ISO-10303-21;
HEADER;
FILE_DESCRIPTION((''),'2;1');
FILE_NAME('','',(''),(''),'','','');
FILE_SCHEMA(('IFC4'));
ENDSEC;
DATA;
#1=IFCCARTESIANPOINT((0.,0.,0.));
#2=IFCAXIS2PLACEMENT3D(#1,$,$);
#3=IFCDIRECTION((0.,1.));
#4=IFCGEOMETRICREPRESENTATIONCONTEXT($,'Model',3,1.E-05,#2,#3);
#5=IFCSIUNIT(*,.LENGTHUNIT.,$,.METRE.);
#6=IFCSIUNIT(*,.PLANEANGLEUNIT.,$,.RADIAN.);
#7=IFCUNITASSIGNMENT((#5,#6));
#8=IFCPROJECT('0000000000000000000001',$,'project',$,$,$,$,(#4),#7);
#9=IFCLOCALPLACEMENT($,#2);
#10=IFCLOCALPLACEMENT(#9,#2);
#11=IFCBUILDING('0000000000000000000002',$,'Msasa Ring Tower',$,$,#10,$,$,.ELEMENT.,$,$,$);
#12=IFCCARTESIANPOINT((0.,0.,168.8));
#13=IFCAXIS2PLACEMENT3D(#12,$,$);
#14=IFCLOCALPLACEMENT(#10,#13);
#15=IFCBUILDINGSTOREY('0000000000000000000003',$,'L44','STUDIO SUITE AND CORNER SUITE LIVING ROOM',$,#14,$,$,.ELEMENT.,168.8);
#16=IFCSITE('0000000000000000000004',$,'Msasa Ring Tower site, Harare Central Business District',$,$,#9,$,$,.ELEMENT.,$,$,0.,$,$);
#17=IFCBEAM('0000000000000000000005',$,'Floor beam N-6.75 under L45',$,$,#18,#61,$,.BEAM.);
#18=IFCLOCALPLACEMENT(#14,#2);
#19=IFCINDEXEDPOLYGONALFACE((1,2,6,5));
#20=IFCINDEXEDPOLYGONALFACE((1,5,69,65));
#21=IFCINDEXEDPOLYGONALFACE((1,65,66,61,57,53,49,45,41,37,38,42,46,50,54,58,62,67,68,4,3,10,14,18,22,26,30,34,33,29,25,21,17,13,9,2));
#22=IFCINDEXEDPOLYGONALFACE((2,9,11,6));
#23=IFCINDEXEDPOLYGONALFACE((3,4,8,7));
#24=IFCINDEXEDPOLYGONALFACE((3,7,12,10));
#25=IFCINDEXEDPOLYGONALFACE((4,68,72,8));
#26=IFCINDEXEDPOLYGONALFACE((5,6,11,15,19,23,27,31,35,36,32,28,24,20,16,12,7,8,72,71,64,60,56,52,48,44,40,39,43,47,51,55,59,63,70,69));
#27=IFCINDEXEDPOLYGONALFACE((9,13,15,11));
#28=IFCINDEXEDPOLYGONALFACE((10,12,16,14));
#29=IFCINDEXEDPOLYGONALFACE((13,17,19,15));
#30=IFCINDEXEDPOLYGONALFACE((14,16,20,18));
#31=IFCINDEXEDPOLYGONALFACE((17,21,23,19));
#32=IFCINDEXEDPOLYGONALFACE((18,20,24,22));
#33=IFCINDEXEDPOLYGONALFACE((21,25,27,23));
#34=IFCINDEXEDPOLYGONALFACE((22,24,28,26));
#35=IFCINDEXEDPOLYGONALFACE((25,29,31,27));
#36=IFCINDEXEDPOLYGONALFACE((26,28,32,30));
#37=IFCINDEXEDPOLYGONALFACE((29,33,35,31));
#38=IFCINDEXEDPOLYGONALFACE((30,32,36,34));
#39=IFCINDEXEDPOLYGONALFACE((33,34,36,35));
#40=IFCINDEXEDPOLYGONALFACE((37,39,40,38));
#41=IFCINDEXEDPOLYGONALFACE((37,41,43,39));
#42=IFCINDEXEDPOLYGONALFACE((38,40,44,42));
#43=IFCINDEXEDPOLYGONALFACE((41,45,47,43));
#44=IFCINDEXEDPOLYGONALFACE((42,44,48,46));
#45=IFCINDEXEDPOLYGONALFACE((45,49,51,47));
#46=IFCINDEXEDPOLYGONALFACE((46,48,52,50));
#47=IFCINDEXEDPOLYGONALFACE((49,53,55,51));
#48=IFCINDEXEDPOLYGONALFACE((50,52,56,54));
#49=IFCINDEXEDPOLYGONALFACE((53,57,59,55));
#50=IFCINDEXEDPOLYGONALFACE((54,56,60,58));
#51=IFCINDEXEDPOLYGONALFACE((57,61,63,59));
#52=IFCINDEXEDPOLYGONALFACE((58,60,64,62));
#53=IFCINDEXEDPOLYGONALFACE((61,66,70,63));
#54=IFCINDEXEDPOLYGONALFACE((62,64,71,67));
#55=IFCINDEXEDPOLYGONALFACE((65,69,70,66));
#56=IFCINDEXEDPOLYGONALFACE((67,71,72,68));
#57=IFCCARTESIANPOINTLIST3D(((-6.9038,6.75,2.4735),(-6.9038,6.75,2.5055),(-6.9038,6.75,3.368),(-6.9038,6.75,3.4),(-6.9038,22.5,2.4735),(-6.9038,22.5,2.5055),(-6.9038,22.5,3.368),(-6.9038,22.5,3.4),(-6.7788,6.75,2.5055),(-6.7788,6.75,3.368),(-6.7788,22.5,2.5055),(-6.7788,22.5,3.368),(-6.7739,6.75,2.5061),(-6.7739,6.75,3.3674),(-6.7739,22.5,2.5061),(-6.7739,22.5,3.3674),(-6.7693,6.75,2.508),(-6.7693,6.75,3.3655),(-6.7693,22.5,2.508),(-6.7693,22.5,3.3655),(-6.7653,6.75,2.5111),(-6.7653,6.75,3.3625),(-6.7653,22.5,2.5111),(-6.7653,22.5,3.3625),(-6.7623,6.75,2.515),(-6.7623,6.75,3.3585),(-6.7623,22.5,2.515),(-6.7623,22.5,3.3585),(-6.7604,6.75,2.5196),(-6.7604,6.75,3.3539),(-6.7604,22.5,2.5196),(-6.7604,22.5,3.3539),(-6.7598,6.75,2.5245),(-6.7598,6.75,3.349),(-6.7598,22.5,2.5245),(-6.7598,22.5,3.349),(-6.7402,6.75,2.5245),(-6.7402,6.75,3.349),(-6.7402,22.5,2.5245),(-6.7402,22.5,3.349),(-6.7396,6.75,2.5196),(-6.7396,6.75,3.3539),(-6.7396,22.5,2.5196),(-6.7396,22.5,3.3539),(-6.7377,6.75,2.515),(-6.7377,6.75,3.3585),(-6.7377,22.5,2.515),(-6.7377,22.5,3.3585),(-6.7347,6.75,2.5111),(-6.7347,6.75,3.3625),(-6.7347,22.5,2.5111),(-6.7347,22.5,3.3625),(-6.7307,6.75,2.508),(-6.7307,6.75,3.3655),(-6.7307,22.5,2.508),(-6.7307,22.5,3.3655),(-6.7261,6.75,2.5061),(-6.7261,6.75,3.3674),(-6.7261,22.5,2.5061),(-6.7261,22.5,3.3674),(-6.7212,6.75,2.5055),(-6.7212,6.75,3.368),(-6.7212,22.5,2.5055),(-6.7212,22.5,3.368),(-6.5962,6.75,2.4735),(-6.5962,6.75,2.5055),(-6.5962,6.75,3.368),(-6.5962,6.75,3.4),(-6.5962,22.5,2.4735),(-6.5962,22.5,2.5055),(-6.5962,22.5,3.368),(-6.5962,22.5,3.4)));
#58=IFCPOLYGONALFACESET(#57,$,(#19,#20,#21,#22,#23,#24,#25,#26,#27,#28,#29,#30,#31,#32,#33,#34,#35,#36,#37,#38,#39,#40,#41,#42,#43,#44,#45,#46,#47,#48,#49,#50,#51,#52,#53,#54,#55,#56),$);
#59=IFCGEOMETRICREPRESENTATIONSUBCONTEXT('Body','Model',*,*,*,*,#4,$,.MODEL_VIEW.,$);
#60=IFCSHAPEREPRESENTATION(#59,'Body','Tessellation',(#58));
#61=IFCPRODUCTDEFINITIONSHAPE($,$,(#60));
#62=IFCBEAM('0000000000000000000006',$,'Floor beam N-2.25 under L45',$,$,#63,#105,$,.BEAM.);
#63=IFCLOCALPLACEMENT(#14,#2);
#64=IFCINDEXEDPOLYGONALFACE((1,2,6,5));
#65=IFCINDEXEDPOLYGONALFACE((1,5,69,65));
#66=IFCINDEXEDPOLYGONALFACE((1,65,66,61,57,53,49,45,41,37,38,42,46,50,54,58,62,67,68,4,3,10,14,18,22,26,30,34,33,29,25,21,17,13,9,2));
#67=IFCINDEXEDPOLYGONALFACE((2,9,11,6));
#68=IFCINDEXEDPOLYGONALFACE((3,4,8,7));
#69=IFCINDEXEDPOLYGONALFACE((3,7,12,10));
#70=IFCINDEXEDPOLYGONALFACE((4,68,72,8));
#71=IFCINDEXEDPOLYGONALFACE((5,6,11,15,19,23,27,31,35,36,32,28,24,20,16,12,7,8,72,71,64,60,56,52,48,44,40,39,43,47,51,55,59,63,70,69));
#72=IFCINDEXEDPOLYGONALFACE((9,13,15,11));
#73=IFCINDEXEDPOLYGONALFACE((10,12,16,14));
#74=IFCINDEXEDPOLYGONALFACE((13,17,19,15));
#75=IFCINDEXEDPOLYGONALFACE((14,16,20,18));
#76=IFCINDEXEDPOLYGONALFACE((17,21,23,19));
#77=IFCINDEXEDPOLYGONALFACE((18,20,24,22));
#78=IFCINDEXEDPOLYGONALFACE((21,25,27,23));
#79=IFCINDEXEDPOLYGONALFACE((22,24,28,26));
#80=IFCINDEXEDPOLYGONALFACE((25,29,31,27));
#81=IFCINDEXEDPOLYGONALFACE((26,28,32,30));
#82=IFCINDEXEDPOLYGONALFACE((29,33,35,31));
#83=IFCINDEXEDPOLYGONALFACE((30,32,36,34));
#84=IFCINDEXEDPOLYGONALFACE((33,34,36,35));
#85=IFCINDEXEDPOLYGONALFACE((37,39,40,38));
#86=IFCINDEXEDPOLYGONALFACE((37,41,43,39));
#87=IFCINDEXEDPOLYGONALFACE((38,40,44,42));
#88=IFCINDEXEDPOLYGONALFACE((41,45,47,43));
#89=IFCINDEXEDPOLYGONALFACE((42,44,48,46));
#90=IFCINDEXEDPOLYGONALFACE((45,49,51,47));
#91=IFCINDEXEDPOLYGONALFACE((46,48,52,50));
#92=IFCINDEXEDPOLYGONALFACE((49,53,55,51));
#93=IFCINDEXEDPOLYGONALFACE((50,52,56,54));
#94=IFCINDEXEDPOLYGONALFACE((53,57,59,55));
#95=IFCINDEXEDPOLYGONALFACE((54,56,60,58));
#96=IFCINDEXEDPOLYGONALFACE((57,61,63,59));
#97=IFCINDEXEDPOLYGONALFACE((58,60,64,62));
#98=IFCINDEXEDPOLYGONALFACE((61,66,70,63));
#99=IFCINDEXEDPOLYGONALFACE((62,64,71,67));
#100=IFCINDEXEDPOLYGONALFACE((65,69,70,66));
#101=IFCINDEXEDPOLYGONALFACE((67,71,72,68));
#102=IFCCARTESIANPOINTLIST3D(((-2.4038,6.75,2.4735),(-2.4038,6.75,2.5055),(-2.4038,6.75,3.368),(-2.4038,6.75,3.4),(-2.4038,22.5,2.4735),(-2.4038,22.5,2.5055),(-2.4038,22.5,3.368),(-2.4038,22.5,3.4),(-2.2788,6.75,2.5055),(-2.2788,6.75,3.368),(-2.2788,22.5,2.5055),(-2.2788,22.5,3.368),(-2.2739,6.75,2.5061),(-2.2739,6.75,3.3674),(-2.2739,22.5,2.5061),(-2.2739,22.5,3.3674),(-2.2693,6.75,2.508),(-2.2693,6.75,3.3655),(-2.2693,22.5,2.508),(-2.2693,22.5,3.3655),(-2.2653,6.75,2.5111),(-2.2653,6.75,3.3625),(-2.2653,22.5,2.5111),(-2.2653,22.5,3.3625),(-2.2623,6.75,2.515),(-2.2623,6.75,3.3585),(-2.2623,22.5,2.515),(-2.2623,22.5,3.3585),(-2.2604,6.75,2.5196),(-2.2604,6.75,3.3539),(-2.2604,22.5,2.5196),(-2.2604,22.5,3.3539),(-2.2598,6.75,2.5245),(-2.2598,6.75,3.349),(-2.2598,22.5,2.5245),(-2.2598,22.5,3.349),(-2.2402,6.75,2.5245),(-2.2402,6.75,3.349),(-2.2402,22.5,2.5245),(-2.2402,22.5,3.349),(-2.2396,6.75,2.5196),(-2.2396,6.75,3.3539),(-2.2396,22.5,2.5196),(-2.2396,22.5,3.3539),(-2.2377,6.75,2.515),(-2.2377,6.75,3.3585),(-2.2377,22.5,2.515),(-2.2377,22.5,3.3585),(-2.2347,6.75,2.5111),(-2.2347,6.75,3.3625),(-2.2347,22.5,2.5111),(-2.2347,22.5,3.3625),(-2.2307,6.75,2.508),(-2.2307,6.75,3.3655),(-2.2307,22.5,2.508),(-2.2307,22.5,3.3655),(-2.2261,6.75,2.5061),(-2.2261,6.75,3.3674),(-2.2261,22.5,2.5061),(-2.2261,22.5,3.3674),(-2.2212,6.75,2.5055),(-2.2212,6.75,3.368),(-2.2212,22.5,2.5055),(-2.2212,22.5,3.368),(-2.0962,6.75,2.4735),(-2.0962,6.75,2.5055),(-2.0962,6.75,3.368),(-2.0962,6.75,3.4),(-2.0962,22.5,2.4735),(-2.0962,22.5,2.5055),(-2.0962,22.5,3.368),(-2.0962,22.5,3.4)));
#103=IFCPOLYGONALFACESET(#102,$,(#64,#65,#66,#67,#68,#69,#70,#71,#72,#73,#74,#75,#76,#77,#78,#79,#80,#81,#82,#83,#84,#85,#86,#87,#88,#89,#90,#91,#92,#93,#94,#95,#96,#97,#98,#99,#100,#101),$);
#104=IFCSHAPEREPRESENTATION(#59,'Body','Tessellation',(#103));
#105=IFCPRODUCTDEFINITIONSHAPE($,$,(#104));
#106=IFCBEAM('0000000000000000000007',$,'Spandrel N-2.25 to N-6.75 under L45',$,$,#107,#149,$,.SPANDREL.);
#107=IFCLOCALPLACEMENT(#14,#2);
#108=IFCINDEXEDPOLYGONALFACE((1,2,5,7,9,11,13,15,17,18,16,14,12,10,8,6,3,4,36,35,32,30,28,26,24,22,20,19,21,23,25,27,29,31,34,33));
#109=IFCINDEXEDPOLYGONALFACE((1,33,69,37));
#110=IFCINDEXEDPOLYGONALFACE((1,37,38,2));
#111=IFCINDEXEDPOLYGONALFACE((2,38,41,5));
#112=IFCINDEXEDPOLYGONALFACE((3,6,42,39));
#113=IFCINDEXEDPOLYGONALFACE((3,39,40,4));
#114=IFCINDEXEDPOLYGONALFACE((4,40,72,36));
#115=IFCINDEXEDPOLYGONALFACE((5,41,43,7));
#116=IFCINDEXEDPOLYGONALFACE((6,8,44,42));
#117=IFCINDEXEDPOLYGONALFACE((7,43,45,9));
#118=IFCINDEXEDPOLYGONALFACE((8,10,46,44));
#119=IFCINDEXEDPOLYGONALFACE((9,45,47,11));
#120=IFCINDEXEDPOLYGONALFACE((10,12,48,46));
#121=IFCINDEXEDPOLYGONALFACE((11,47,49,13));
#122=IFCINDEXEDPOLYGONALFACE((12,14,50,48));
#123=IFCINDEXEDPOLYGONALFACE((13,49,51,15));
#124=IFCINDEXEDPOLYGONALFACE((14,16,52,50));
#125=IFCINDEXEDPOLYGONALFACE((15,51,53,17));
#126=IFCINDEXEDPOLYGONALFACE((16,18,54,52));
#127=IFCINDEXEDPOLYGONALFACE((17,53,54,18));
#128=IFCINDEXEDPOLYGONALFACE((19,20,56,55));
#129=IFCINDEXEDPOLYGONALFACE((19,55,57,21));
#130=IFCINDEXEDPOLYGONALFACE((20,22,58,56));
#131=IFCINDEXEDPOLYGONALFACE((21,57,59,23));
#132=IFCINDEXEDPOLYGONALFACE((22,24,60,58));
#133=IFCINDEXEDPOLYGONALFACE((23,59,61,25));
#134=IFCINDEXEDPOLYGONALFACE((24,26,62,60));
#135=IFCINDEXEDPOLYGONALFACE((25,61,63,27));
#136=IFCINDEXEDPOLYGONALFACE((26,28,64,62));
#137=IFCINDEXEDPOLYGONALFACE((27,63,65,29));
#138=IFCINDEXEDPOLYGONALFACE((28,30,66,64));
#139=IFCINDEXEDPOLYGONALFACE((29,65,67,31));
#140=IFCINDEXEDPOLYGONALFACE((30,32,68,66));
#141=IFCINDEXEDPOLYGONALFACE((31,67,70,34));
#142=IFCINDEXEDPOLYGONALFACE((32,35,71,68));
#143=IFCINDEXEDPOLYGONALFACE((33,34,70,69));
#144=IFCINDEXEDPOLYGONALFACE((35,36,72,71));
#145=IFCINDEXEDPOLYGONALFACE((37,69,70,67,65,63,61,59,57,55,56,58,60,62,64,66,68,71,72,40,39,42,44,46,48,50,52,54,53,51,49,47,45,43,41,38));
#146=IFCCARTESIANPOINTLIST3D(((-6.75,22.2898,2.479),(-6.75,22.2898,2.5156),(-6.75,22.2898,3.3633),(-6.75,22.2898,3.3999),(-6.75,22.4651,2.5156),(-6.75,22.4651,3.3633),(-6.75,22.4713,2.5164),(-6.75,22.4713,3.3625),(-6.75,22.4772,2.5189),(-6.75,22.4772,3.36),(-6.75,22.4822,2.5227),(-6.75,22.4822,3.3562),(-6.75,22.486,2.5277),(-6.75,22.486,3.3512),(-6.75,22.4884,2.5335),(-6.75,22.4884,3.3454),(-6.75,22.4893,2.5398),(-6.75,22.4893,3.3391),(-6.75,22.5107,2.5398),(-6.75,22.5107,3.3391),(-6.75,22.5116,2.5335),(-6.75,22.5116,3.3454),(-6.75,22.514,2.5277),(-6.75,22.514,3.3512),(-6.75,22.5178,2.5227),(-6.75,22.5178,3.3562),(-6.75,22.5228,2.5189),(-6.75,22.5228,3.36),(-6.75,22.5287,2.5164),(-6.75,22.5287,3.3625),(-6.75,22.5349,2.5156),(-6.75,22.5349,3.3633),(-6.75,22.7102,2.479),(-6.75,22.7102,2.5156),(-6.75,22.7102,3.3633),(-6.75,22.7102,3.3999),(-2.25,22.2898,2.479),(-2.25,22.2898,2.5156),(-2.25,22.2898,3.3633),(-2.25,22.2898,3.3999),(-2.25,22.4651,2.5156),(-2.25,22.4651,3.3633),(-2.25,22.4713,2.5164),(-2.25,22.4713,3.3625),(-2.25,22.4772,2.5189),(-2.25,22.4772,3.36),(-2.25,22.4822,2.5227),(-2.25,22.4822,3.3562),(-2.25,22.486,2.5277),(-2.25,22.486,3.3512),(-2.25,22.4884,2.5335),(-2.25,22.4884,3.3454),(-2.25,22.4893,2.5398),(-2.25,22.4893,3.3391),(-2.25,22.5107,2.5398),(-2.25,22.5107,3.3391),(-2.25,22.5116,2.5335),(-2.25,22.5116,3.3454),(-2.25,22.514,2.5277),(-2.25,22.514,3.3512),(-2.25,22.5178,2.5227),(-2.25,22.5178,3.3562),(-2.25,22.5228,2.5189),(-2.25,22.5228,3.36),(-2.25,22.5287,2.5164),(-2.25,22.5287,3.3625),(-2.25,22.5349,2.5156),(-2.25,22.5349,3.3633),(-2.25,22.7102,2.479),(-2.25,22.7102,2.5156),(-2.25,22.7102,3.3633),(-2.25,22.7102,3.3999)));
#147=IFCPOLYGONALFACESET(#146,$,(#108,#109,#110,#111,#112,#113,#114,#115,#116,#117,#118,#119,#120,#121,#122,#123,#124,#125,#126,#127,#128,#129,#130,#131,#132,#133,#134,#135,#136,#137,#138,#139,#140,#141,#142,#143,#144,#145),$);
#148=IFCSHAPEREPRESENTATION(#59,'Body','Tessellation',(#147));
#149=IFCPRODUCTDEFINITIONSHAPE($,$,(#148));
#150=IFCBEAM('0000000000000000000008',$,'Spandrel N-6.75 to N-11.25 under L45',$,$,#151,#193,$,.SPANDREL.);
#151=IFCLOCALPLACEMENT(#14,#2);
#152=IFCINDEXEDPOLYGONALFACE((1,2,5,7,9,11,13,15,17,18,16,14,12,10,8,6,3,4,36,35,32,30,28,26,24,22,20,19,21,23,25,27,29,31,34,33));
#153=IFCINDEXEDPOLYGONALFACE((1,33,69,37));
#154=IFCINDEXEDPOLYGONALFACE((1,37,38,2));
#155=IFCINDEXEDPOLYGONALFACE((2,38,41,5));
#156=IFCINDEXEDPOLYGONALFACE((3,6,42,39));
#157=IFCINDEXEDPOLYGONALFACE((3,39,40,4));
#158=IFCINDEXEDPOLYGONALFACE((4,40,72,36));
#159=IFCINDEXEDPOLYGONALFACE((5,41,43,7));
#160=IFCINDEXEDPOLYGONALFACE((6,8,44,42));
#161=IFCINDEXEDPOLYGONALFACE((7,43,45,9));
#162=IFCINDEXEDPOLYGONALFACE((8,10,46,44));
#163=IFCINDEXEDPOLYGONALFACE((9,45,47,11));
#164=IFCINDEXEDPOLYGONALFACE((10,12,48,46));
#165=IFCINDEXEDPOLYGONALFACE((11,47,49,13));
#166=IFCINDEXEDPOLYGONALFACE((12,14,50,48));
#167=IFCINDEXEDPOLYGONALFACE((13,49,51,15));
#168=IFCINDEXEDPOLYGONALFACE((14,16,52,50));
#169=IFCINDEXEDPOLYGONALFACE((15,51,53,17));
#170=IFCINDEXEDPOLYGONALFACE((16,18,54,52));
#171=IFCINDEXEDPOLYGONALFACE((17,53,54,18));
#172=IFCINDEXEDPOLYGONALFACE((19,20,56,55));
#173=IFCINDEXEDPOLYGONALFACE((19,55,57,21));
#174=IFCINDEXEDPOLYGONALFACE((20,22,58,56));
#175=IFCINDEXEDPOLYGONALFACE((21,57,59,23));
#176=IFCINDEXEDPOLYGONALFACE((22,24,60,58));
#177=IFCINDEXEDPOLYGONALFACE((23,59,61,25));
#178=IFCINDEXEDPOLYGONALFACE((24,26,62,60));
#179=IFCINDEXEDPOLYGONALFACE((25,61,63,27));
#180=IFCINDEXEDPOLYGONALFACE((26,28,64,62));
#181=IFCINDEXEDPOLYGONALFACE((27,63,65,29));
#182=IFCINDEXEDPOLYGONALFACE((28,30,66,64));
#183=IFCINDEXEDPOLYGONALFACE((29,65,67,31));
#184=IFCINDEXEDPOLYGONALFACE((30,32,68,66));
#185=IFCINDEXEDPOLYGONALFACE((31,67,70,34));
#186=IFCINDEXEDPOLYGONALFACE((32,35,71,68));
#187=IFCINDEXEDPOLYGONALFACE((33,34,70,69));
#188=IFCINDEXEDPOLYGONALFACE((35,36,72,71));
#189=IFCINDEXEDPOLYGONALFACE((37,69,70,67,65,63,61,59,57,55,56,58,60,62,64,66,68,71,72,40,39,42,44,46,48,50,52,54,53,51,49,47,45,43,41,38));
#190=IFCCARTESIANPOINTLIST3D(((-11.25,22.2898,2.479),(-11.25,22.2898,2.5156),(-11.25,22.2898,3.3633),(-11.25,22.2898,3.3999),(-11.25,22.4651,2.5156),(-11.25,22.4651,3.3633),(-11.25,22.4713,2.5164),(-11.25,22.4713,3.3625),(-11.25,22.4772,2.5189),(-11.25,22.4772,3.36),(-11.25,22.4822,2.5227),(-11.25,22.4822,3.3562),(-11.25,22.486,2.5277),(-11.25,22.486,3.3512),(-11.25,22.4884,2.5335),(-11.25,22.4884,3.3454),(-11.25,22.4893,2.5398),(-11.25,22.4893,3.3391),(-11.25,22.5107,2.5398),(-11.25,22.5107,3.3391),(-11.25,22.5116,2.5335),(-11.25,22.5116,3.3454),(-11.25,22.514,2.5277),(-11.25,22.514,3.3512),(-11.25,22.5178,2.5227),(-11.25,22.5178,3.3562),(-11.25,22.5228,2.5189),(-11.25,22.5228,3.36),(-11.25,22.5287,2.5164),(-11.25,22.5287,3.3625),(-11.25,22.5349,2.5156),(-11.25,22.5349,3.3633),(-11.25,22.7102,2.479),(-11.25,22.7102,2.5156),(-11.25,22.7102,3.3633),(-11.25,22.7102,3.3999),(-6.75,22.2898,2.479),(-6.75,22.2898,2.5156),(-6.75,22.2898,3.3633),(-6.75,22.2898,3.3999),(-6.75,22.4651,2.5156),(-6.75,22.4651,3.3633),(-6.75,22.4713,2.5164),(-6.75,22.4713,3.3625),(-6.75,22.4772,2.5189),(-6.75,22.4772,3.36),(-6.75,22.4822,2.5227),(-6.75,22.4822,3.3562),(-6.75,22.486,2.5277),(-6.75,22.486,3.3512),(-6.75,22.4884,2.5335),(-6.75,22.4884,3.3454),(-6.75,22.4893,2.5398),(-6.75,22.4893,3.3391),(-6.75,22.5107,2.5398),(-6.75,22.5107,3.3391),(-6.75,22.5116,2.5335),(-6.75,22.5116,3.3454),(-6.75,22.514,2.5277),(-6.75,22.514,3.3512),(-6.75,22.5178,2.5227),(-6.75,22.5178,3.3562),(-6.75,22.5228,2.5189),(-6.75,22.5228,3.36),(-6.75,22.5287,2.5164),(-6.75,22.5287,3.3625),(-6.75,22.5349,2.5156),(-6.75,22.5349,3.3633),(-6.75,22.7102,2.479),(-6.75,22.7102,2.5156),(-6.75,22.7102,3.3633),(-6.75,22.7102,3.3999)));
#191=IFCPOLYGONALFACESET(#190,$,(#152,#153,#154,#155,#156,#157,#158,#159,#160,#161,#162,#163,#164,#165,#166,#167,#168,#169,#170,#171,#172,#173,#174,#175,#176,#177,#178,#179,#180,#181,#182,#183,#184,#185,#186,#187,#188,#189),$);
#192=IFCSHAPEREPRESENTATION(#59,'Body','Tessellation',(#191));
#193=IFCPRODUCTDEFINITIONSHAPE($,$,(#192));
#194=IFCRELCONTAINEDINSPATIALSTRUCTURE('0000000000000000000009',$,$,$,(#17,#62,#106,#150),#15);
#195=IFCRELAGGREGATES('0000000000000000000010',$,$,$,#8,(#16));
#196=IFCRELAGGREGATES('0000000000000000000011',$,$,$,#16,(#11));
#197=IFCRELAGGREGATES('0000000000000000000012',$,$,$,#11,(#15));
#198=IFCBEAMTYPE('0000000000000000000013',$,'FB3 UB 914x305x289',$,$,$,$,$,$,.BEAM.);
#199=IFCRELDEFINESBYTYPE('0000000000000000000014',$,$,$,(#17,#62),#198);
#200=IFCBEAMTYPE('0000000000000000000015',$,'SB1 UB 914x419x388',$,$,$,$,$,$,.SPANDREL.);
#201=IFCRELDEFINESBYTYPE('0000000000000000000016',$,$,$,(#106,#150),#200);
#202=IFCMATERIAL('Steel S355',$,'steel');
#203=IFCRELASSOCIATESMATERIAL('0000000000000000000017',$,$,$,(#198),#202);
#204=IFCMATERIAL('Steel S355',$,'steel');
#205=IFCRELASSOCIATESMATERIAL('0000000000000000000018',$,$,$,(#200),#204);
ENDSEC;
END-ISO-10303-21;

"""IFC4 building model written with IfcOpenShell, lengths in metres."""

from ifc_helpers import new_model, si_unit, direction, frame, origin, origin_2d, place, context, subcontext, project, spatial, i_section, extrude, material, material_profile, profile_set, type_object, element, save


model = new_model("IFC4")

# Units and contexts
model_context = context("Model", 3, precision=1e-05, world=origin(), true_north=direction((0.0, 1.0)))
body_context = subcontext(model_context, "Body", "Model", "MODEL_VIEW")
ifc_project = project(units=[si_unit("LENGTHUNIT", "METRE"), si_unit("PLANEANGLEUNIT", "RADIAN")], contexts=[model_context])

# Site, building, storey
site_placement = place(None, origin())
site = spatial("IfcSite", under=ifc_project, at=site_placement, Name="Msasa Ring Tower site, Harare Central Business District", CompositionType="ELEMENT", RefElevation=0.0)
building_placement = place(site_placement, origin())
building = spatial("IfcBuilding", under=site, at=building_placement, Name="Msasa Ring Tower", CompositionType="ELEMENT")
storey_placement = place(building_placement, frame((0.0, 0.0, 168.8)))
storey = spatial("IfcBuildingStorey", under=building, at=storey_placement, Name="L44", Description="STUDIO SUITE AND CORNER SUITE LIVING ROOM", CompositionType="ELEMENT", Elevation=168.8)

# Beams
ifc_material_1 = material(Name="Steel S355", Category="steel")
ifc_material_profile_1 = material_profile(ifc_material_1, i_section(OverallWidth=0.3076, OverallDepth=0.9265, WebThickness=0.0195, FlangeThickness=0.032, FilletRadius=0.019, at=origin_2d()), Name="UB 914x305x289")
ifc_profile_set_1 = profile_set([ifc_material_profile_1], Name="Steel S355")
beam_type_1 = type_object("IfcBeamType", Name="FB3 UB 914x305x289", PredefinedType="BEAM", material=ifc_profile_set_1)
for number, where, z_axis, x_axis, name in (
    (1, (-6.75, 22.5, 2.9368), (0.0, -1.0, 0.0), (1.0, 0.0, 0.0), "Floor beam N-6.75 under L45"),
    (2, (-2.25, 22.5, 2.9368), (0.0, -1.0, 0.0), (1.0, 0.0, 0.0), "Floor beam N-2.25 under L45"),
):
    element("IfcBeam", number, at=place(storey_placement, frame(where, z_axis=z_axis, x_axis=x_axis)), inside=storey, type_object=beam_type_1, Name=name, PredefinedType="BEAM", context=body_context, shape_type="SweptSolid", body=[
        extrude(i_section(OverallWidth=0.3076, OverallDepth=0.9265, WebThickness=0.0195, FlangeThickness=0.032, FilletRadius=0.019, at=origin_2d()), origin(), (0.0, 0.0, 1.0), 15.75),
    ])
ifc_material_2 = material(Name="Steel S355", Category="steel")
ifc_material_profile_2 = material_profile(ifc_material_2, i_section(OverallWidth=0.4204, OverallDepth=0.9209, WebThickness=0.0215, FlangeThickness=0.0366, FilletRadius=0.0242, at=origin_2d()), Name="UB 914x419x388")
ifc_profile_set_2 = profile_set([ifc_material_profile_2], Name="Steel S355")
beam_type_2 = type_object("IfcBeamType", Name="SB1 UB 914x419x388", PredefinedType="SPANDREL", material=ifc_profile_set_2)
for number, where, z_axis, x_axis, name in (
    (3, (-2.25, 22.5, 2.9395), (-1.0, 0.0, 0.0), (0.0, -1.0, 0.0), "Spandrel N-2.25 to N-6.75 under L45"),
    (4, (-6.75, 22.5, 2.9395), (-1.0, 0.0, 0.0), (0.0, -1.0, 0.0), "Spandrel N-6.75 to N-11.25 under L45"),
):
    element("IfcBeam", number, at=place(storey_placement, frame(where, z_axis=z_axis, x_axis=x_axis)), inside=storey, type_object=beam_type_2, Name=name, PredefinedType="SPANDREL", context=body_context, shape_type="SweptSolid", body=[
        extrude(i_section(OverallWidth=0.4204, OverallDepth=0.9209, WebThickness=0.0215, FlangeThickness=0.0366, FilletRadius=0.0242, at=origin_2d()), origin(), (0.0, 0.0, 1.0), 4.5),
    ])

save(model, "model.ifc")
